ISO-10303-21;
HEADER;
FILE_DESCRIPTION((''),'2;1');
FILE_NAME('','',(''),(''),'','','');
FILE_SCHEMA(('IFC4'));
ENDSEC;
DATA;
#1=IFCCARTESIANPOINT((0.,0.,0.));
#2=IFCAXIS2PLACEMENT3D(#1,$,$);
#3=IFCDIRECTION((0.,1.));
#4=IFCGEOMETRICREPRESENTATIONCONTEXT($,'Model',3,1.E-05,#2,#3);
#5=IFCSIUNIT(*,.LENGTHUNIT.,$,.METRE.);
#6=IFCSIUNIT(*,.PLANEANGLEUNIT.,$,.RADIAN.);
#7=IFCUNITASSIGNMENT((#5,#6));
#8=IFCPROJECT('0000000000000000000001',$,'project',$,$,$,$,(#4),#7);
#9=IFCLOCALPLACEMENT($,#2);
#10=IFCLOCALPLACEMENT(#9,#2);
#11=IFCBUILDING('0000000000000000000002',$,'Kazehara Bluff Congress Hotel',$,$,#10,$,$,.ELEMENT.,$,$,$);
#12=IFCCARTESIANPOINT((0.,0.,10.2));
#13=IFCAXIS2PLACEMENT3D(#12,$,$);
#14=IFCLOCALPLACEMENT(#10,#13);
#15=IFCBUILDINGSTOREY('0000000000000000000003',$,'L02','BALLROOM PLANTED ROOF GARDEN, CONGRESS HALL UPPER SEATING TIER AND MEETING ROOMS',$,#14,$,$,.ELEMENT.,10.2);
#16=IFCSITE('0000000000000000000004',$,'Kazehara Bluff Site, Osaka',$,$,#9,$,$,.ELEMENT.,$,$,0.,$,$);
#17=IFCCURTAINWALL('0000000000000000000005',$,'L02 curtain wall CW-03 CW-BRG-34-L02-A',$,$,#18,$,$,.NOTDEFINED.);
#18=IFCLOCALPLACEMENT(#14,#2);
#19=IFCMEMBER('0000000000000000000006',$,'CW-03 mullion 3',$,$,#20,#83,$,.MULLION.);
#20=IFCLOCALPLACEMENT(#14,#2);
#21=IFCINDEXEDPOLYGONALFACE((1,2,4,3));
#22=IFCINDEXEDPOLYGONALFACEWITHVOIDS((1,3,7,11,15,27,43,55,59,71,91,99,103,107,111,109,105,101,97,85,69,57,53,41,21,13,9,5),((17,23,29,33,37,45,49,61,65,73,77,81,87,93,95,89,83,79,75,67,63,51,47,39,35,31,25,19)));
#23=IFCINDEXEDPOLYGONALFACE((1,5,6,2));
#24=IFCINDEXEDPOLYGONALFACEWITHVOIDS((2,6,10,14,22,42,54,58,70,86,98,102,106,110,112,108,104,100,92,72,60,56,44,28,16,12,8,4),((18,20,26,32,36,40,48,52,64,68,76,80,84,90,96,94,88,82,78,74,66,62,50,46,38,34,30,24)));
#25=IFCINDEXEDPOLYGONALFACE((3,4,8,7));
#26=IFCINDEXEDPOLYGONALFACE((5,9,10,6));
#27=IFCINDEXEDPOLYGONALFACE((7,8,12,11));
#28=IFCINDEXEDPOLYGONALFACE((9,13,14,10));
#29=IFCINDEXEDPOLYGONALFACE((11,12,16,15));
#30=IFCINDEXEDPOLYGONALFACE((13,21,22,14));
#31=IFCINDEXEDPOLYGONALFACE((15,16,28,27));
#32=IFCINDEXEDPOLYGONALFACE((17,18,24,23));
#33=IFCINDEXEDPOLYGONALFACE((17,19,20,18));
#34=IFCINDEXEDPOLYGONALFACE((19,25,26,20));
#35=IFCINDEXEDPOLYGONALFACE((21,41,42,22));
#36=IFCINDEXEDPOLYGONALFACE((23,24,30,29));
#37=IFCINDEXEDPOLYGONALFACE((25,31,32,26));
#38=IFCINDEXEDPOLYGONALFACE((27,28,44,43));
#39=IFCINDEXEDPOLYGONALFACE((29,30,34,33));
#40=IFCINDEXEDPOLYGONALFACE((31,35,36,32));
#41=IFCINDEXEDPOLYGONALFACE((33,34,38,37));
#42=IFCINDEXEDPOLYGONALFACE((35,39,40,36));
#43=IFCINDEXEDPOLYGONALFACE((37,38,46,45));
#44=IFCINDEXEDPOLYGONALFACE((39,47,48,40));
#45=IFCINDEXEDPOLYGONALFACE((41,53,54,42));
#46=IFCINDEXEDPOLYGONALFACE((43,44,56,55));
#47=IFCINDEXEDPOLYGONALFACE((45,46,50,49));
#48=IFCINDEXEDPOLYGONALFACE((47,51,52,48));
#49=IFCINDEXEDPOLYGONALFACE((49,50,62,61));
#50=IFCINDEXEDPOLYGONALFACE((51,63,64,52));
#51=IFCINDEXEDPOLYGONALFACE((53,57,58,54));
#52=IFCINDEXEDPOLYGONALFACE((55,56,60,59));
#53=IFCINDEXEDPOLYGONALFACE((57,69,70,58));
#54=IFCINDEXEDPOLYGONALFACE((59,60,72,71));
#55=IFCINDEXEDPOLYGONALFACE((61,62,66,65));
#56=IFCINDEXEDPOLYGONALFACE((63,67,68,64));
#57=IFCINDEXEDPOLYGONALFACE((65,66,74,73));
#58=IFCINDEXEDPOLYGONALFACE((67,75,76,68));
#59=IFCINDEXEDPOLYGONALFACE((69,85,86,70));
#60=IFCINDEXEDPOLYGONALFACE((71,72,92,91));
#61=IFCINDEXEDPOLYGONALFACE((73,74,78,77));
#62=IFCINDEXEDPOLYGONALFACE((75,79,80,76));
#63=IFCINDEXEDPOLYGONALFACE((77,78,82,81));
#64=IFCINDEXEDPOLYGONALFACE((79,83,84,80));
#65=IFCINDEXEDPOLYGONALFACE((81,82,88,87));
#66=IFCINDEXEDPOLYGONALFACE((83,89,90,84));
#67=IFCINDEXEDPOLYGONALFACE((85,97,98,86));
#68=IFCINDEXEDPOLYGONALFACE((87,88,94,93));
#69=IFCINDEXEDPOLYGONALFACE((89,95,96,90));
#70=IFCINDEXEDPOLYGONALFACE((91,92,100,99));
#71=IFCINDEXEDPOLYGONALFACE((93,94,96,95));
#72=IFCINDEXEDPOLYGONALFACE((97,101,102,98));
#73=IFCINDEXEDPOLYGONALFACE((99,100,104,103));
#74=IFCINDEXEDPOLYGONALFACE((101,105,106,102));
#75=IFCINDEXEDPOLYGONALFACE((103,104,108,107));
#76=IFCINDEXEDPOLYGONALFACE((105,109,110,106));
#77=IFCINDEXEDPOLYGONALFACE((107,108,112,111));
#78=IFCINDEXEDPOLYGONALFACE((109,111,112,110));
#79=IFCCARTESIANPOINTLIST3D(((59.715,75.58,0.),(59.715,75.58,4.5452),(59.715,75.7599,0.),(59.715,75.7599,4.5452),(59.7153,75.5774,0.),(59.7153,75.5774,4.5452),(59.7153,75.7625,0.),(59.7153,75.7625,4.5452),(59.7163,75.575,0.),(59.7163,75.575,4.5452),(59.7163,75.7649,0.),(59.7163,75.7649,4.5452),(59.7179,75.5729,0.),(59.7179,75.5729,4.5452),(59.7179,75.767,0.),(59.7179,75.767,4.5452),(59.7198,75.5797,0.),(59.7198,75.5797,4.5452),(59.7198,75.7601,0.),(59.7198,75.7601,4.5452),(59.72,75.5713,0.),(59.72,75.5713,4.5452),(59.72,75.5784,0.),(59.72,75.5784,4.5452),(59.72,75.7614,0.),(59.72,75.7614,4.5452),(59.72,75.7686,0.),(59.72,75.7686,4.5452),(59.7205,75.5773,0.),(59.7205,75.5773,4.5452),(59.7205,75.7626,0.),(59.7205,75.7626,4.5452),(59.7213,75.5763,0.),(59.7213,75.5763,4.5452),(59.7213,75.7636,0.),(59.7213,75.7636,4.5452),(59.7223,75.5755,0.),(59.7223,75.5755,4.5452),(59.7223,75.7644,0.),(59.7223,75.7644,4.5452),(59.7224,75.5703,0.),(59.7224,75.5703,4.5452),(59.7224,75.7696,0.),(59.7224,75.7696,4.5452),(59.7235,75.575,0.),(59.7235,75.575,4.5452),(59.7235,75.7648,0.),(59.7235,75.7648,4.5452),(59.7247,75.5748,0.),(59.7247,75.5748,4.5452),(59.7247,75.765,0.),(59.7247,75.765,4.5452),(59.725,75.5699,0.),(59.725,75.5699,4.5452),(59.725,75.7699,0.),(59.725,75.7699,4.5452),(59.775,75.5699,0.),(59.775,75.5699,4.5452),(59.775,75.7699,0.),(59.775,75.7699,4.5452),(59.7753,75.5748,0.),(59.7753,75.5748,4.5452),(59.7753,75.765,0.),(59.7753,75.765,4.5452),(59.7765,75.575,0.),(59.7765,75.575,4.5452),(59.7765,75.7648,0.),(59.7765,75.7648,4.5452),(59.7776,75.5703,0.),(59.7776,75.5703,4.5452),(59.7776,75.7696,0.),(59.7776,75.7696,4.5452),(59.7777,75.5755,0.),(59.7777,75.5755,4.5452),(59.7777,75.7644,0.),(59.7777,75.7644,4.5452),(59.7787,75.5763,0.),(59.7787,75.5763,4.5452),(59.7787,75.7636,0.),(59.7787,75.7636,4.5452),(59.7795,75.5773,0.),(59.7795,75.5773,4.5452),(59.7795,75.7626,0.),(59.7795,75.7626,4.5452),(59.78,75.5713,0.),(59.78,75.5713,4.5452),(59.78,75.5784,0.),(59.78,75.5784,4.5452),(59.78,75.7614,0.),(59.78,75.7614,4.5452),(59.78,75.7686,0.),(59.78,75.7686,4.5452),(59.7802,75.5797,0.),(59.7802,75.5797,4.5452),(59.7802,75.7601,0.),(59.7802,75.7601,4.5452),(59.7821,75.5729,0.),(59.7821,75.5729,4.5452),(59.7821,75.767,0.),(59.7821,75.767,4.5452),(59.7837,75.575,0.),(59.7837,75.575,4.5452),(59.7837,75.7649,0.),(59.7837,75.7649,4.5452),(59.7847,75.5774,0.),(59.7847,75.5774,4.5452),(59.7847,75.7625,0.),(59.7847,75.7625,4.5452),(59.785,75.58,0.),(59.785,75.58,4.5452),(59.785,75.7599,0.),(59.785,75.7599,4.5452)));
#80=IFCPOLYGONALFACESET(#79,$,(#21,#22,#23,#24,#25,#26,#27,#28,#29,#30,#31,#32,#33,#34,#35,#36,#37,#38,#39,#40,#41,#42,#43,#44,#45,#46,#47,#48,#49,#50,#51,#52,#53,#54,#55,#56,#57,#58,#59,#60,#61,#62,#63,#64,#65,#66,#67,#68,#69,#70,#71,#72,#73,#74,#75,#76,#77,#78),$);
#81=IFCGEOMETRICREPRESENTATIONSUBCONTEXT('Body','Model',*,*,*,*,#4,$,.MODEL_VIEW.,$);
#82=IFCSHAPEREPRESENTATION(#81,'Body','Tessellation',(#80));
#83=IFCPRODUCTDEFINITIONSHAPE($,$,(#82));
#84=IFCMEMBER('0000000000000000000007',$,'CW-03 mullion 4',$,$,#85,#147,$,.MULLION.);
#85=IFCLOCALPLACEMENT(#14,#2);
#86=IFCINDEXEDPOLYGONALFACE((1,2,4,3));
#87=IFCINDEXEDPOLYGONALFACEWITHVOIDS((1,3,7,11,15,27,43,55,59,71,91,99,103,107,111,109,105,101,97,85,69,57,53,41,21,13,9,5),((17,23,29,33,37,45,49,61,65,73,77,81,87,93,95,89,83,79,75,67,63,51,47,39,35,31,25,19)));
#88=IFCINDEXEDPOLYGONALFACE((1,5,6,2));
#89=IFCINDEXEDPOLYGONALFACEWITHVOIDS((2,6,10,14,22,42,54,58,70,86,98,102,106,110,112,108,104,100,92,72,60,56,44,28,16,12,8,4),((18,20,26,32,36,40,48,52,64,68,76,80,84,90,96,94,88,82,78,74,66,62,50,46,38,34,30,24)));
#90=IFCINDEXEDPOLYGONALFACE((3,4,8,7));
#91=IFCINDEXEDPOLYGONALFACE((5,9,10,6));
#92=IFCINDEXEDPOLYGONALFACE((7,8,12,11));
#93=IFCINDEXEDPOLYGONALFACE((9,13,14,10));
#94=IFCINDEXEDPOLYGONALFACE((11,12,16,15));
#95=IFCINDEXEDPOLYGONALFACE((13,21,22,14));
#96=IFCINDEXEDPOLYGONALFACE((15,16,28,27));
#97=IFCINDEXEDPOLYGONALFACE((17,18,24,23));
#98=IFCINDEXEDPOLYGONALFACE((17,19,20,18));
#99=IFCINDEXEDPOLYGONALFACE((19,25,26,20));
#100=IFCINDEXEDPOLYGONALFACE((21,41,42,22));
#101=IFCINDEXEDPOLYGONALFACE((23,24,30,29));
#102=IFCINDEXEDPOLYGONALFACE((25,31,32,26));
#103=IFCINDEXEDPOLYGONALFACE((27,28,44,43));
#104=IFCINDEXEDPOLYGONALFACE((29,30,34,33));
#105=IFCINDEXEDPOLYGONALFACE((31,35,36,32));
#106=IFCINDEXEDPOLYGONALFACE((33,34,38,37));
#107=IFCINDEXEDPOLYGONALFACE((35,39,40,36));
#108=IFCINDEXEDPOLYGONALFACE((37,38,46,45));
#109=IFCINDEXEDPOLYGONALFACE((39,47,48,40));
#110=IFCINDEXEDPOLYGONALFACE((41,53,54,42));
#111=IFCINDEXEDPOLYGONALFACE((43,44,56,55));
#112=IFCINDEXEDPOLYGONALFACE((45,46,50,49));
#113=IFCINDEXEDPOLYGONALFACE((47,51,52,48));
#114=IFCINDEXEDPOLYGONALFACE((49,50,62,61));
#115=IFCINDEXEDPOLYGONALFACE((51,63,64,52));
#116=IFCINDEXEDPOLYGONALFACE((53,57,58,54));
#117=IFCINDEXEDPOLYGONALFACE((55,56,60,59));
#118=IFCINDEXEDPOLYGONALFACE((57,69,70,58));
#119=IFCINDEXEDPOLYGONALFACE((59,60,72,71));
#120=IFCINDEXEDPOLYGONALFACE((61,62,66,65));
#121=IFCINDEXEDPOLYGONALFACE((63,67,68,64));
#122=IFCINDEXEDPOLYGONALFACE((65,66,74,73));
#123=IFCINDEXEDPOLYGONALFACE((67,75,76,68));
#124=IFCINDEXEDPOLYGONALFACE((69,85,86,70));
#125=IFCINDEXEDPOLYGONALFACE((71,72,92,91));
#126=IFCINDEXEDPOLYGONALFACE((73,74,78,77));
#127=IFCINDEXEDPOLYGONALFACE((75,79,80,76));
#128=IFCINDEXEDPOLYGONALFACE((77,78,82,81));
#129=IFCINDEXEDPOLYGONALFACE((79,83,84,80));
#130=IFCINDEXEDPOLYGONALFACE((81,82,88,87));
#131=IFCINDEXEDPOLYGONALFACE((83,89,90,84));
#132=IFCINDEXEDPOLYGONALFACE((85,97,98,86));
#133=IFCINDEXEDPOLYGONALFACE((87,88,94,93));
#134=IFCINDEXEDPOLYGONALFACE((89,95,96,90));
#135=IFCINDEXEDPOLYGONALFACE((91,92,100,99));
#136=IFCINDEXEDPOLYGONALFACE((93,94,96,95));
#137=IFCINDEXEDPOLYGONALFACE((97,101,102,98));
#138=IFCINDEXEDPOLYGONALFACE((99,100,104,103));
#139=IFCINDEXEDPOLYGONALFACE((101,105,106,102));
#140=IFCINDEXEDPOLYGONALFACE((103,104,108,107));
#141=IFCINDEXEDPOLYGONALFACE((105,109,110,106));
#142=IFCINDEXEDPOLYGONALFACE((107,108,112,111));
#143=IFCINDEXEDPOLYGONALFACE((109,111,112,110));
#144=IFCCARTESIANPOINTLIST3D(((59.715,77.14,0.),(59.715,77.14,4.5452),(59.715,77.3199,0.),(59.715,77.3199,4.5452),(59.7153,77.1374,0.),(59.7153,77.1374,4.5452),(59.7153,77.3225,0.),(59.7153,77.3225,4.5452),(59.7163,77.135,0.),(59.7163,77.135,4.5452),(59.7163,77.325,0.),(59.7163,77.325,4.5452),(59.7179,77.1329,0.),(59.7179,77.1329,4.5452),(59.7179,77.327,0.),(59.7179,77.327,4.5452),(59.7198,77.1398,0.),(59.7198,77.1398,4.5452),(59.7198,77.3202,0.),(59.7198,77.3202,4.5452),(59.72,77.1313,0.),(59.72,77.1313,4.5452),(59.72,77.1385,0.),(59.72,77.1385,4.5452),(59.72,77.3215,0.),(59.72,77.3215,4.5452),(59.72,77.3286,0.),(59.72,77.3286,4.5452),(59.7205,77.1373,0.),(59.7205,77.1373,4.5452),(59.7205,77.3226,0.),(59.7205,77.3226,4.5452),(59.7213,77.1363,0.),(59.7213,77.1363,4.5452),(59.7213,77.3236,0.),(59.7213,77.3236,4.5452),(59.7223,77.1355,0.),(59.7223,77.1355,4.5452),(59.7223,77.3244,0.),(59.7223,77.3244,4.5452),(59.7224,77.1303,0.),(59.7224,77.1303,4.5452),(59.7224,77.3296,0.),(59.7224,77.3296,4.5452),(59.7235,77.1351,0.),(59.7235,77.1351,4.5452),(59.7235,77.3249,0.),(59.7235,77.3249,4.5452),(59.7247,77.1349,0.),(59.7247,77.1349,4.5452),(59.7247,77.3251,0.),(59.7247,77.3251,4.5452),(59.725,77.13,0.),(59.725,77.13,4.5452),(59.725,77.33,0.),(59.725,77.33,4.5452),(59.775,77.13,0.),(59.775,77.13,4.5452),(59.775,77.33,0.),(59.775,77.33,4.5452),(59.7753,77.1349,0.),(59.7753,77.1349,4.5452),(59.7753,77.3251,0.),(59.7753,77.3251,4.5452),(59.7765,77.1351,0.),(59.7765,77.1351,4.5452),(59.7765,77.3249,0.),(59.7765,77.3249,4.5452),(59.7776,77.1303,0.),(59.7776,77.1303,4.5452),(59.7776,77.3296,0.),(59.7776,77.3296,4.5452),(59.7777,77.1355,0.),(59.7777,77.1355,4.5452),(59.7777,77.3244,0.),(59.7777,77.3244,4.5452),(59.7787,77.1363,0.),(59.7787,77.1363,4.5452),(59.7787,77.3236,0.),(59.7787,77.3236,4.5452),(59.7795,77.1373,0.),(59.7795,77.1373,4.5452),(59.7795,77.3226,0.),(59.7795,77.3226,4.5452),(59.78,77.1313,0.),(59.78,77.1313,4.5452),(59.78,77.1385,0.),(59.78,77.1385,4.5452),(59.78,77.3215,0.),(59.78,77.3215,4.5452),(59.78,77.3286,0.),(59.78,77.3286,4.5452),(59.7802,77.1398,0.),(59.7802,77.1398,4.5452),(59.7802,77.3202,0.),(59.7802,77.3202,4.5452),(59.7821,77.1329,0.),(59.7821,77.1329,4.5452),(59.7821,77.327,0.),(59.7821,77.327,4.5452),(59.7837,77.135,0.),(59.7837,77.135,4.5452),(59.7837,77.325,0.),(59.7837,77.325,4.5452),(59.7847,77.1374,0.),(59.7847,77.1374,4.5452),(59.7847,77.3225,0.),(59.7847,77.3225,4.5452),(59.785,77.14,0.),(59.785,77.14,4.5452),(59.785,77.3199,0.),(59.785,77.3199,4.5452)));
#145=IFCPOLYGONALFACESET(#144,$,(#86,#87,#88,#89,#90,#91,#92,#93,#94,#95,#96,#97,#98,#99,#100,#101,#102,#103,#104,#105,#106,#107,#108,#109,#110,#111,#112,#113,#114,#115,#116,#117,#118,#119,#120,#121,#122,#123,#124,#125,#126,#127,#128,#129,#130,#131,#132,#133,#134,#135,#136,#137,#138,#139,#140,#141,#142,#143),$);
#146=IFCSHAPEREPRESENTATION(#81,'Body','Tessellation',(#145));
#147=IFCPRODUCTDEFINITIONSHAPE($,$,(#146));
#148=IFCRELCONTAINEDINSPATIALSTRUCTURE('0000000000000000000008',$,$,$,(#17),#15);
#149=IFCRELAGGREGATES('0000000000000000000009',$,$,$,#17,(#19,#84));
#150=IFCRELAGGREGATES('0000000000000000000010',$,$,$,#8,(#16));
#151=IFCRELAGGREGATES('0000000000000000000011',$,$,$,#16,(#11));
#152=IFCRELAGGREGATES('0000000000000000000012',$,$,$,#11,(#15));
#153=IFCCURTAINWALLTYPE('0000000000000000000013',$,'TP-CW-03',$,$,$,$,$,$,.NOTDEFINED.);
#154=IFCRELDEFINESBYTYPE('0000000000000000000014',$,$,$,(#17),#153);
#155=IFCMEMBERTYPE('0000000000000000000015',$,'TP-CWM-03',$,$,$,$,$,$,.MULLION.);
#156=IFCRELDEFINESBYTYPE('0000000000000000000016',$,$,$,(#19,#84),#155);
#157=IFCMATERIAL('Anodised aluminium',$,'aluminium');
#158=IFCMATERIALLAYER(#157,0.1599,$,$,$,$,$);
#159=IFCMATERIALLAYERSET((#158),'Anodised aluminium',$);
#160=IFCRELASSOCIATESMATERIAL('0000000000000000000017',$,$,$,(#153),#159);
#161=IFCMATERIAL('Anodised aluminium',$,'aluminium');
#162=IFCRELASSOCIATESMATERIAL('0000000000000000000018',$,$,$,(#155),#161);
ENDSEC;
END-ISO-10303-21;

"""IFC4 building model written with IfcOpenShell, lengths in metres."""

from ifc_helpers import new_model, si_unit, direction, frame, origin, origin_2d, place, context, subcontext, project, spatial, hollow_rectangle, extrude, material, layer, layer_set, material_profile, profile_set, type_object, element, aggregate, save


model = new_model("IFC4")

# Units and contexts
model_context = context("Model", 3, precision=1e-05, world=origin(), true_north=direction((0.0, 1.0)))
body_context = subcontext(model_context, "Body", "Model", "MODEL_VIEW")
ifc_project = project(units=[si_unit("LENGTHUNIT", "METRE"), si_unit("PLANEANGLEUNIT", "RADIAN")], contexts=[model_context])

# Site, building, storey
site_placement = place(None, origin())
site = spatial("IfcSite", under=ifc_project, at=site_placement, Name="Kazehara Bluff Site, Osaka", CompositionType="ELEMENT", RefElevation=0.0)
building_placement = place(site_placement, origin())
building = spatial("IfcBuilding", under=site, at=building_placement, Name="Kazehara Bluff Congress Hotel", CompositionType="ELEMENT")
storey_placement = place(building_placement, frame((0.0, 0.0, 10.2)))
storey = spatial("IfcBuildingStorey", under=building, at=storey_placement, Name="L02", Description="BALLROOM PLANTED ROOF GARDEN, CONGRESS HALL UPPER SEATING TIER AND MEETING ROOMS", CompositionType="ELEMENT", Elevation=10.2)

# Curtain wall, members
ifc_material_1 = material(Name="Anodised aluminium", Category="aluminium")
ifc_layer_1 = layer(ifc_material_1, 0.1599)
ifc_layer_set_1 = layer_set([ifc_layer_1], Name="Anodised aluminium")
curtain_wall_type = type_object("IfcCurtainWallType", Name="TP-CW-03", PredefinedType="NOTDEFINED", material=ifc_layer_set_1)
curtain_wall_1_placement = place(storey_placement, origin())
curtain_wall_1 = element("IfcCurtainWall", 1, at=curtain_wall_1_placement, inside=storey, type_object=curtain_wall_type, Name="L02 curtain wall CW-03 CW-BRG-34-L02-A", PredefinedType="NOTDEFINED")
ifc_material_2 = material(Name="Anodised aluminium", Category="aluminium")
ifc_material_profile_1 = material_profile(ifc_material_2, hollow_rectangle(XDim=0.0701, YDim=0.2, WallThickness=0.0049, InnerFilletRadius=0.0049, OuterFilletRadius=0.01, at=origin_2d()))
ifc_profile_set_1 = profile_set([ifc_material_profile_1], Name="Anodised aluminium")
member_type_1 = type_object("IfcMemberType", Name="TP-CWM-03", PredefinedType="MULLION", material=ifc_profile_set_1)
member_1_placement = place(storey_placement, frame((59.75, 75.6699, 0.0), z_axis=(0.0, 0.0, 1.0), x_axis=(-1.0, 0.0, 0.0)))
member_1 = element("IfcMember", 2, at=member_1_placement, type_object=member_type_1, Name="CW-03 mullion 3", PredefinedType="MULLION", context=body_context, shape_type="SweptSolid", body=[
    extrude(hollow_rectangle(XDim=0.0701, YDim=0.2, WallThickness=0.0049, InnerFilletRadius=0.0049, OuterFilletRadius=0.01, at=origin_2d()), origin(), (0.0, 0.0, 1.0), 4.5452),
])
member_2_placement = place(storey_placement, frame((59.75, 77.23, 0.0), z_axis=(0.0, 0.0, 1.0), x_axis=(-1.0, 0.0, 0.0)))
member_2 = element("IfcMember", 3, at=member_2_placement, type_object=member_type_1, Name="CW-03 mullion 4", PredefinedType="MULLION", context=body_context, shape_type="SweptSolid", body=[
    extrude(hollow_rectangle(XDim=0.0701, YDim=0.2, WallThickness=0.0049, InnerFilletRadius=0.0049, OuterFilletRadius=0.01, at=origin_2d()), origin(), (0.0, 0.0, 1.0), 4.5452),
])

aggregate(curtain_wall_1, [member_1, member_2])

save(model, "model.ifc")
